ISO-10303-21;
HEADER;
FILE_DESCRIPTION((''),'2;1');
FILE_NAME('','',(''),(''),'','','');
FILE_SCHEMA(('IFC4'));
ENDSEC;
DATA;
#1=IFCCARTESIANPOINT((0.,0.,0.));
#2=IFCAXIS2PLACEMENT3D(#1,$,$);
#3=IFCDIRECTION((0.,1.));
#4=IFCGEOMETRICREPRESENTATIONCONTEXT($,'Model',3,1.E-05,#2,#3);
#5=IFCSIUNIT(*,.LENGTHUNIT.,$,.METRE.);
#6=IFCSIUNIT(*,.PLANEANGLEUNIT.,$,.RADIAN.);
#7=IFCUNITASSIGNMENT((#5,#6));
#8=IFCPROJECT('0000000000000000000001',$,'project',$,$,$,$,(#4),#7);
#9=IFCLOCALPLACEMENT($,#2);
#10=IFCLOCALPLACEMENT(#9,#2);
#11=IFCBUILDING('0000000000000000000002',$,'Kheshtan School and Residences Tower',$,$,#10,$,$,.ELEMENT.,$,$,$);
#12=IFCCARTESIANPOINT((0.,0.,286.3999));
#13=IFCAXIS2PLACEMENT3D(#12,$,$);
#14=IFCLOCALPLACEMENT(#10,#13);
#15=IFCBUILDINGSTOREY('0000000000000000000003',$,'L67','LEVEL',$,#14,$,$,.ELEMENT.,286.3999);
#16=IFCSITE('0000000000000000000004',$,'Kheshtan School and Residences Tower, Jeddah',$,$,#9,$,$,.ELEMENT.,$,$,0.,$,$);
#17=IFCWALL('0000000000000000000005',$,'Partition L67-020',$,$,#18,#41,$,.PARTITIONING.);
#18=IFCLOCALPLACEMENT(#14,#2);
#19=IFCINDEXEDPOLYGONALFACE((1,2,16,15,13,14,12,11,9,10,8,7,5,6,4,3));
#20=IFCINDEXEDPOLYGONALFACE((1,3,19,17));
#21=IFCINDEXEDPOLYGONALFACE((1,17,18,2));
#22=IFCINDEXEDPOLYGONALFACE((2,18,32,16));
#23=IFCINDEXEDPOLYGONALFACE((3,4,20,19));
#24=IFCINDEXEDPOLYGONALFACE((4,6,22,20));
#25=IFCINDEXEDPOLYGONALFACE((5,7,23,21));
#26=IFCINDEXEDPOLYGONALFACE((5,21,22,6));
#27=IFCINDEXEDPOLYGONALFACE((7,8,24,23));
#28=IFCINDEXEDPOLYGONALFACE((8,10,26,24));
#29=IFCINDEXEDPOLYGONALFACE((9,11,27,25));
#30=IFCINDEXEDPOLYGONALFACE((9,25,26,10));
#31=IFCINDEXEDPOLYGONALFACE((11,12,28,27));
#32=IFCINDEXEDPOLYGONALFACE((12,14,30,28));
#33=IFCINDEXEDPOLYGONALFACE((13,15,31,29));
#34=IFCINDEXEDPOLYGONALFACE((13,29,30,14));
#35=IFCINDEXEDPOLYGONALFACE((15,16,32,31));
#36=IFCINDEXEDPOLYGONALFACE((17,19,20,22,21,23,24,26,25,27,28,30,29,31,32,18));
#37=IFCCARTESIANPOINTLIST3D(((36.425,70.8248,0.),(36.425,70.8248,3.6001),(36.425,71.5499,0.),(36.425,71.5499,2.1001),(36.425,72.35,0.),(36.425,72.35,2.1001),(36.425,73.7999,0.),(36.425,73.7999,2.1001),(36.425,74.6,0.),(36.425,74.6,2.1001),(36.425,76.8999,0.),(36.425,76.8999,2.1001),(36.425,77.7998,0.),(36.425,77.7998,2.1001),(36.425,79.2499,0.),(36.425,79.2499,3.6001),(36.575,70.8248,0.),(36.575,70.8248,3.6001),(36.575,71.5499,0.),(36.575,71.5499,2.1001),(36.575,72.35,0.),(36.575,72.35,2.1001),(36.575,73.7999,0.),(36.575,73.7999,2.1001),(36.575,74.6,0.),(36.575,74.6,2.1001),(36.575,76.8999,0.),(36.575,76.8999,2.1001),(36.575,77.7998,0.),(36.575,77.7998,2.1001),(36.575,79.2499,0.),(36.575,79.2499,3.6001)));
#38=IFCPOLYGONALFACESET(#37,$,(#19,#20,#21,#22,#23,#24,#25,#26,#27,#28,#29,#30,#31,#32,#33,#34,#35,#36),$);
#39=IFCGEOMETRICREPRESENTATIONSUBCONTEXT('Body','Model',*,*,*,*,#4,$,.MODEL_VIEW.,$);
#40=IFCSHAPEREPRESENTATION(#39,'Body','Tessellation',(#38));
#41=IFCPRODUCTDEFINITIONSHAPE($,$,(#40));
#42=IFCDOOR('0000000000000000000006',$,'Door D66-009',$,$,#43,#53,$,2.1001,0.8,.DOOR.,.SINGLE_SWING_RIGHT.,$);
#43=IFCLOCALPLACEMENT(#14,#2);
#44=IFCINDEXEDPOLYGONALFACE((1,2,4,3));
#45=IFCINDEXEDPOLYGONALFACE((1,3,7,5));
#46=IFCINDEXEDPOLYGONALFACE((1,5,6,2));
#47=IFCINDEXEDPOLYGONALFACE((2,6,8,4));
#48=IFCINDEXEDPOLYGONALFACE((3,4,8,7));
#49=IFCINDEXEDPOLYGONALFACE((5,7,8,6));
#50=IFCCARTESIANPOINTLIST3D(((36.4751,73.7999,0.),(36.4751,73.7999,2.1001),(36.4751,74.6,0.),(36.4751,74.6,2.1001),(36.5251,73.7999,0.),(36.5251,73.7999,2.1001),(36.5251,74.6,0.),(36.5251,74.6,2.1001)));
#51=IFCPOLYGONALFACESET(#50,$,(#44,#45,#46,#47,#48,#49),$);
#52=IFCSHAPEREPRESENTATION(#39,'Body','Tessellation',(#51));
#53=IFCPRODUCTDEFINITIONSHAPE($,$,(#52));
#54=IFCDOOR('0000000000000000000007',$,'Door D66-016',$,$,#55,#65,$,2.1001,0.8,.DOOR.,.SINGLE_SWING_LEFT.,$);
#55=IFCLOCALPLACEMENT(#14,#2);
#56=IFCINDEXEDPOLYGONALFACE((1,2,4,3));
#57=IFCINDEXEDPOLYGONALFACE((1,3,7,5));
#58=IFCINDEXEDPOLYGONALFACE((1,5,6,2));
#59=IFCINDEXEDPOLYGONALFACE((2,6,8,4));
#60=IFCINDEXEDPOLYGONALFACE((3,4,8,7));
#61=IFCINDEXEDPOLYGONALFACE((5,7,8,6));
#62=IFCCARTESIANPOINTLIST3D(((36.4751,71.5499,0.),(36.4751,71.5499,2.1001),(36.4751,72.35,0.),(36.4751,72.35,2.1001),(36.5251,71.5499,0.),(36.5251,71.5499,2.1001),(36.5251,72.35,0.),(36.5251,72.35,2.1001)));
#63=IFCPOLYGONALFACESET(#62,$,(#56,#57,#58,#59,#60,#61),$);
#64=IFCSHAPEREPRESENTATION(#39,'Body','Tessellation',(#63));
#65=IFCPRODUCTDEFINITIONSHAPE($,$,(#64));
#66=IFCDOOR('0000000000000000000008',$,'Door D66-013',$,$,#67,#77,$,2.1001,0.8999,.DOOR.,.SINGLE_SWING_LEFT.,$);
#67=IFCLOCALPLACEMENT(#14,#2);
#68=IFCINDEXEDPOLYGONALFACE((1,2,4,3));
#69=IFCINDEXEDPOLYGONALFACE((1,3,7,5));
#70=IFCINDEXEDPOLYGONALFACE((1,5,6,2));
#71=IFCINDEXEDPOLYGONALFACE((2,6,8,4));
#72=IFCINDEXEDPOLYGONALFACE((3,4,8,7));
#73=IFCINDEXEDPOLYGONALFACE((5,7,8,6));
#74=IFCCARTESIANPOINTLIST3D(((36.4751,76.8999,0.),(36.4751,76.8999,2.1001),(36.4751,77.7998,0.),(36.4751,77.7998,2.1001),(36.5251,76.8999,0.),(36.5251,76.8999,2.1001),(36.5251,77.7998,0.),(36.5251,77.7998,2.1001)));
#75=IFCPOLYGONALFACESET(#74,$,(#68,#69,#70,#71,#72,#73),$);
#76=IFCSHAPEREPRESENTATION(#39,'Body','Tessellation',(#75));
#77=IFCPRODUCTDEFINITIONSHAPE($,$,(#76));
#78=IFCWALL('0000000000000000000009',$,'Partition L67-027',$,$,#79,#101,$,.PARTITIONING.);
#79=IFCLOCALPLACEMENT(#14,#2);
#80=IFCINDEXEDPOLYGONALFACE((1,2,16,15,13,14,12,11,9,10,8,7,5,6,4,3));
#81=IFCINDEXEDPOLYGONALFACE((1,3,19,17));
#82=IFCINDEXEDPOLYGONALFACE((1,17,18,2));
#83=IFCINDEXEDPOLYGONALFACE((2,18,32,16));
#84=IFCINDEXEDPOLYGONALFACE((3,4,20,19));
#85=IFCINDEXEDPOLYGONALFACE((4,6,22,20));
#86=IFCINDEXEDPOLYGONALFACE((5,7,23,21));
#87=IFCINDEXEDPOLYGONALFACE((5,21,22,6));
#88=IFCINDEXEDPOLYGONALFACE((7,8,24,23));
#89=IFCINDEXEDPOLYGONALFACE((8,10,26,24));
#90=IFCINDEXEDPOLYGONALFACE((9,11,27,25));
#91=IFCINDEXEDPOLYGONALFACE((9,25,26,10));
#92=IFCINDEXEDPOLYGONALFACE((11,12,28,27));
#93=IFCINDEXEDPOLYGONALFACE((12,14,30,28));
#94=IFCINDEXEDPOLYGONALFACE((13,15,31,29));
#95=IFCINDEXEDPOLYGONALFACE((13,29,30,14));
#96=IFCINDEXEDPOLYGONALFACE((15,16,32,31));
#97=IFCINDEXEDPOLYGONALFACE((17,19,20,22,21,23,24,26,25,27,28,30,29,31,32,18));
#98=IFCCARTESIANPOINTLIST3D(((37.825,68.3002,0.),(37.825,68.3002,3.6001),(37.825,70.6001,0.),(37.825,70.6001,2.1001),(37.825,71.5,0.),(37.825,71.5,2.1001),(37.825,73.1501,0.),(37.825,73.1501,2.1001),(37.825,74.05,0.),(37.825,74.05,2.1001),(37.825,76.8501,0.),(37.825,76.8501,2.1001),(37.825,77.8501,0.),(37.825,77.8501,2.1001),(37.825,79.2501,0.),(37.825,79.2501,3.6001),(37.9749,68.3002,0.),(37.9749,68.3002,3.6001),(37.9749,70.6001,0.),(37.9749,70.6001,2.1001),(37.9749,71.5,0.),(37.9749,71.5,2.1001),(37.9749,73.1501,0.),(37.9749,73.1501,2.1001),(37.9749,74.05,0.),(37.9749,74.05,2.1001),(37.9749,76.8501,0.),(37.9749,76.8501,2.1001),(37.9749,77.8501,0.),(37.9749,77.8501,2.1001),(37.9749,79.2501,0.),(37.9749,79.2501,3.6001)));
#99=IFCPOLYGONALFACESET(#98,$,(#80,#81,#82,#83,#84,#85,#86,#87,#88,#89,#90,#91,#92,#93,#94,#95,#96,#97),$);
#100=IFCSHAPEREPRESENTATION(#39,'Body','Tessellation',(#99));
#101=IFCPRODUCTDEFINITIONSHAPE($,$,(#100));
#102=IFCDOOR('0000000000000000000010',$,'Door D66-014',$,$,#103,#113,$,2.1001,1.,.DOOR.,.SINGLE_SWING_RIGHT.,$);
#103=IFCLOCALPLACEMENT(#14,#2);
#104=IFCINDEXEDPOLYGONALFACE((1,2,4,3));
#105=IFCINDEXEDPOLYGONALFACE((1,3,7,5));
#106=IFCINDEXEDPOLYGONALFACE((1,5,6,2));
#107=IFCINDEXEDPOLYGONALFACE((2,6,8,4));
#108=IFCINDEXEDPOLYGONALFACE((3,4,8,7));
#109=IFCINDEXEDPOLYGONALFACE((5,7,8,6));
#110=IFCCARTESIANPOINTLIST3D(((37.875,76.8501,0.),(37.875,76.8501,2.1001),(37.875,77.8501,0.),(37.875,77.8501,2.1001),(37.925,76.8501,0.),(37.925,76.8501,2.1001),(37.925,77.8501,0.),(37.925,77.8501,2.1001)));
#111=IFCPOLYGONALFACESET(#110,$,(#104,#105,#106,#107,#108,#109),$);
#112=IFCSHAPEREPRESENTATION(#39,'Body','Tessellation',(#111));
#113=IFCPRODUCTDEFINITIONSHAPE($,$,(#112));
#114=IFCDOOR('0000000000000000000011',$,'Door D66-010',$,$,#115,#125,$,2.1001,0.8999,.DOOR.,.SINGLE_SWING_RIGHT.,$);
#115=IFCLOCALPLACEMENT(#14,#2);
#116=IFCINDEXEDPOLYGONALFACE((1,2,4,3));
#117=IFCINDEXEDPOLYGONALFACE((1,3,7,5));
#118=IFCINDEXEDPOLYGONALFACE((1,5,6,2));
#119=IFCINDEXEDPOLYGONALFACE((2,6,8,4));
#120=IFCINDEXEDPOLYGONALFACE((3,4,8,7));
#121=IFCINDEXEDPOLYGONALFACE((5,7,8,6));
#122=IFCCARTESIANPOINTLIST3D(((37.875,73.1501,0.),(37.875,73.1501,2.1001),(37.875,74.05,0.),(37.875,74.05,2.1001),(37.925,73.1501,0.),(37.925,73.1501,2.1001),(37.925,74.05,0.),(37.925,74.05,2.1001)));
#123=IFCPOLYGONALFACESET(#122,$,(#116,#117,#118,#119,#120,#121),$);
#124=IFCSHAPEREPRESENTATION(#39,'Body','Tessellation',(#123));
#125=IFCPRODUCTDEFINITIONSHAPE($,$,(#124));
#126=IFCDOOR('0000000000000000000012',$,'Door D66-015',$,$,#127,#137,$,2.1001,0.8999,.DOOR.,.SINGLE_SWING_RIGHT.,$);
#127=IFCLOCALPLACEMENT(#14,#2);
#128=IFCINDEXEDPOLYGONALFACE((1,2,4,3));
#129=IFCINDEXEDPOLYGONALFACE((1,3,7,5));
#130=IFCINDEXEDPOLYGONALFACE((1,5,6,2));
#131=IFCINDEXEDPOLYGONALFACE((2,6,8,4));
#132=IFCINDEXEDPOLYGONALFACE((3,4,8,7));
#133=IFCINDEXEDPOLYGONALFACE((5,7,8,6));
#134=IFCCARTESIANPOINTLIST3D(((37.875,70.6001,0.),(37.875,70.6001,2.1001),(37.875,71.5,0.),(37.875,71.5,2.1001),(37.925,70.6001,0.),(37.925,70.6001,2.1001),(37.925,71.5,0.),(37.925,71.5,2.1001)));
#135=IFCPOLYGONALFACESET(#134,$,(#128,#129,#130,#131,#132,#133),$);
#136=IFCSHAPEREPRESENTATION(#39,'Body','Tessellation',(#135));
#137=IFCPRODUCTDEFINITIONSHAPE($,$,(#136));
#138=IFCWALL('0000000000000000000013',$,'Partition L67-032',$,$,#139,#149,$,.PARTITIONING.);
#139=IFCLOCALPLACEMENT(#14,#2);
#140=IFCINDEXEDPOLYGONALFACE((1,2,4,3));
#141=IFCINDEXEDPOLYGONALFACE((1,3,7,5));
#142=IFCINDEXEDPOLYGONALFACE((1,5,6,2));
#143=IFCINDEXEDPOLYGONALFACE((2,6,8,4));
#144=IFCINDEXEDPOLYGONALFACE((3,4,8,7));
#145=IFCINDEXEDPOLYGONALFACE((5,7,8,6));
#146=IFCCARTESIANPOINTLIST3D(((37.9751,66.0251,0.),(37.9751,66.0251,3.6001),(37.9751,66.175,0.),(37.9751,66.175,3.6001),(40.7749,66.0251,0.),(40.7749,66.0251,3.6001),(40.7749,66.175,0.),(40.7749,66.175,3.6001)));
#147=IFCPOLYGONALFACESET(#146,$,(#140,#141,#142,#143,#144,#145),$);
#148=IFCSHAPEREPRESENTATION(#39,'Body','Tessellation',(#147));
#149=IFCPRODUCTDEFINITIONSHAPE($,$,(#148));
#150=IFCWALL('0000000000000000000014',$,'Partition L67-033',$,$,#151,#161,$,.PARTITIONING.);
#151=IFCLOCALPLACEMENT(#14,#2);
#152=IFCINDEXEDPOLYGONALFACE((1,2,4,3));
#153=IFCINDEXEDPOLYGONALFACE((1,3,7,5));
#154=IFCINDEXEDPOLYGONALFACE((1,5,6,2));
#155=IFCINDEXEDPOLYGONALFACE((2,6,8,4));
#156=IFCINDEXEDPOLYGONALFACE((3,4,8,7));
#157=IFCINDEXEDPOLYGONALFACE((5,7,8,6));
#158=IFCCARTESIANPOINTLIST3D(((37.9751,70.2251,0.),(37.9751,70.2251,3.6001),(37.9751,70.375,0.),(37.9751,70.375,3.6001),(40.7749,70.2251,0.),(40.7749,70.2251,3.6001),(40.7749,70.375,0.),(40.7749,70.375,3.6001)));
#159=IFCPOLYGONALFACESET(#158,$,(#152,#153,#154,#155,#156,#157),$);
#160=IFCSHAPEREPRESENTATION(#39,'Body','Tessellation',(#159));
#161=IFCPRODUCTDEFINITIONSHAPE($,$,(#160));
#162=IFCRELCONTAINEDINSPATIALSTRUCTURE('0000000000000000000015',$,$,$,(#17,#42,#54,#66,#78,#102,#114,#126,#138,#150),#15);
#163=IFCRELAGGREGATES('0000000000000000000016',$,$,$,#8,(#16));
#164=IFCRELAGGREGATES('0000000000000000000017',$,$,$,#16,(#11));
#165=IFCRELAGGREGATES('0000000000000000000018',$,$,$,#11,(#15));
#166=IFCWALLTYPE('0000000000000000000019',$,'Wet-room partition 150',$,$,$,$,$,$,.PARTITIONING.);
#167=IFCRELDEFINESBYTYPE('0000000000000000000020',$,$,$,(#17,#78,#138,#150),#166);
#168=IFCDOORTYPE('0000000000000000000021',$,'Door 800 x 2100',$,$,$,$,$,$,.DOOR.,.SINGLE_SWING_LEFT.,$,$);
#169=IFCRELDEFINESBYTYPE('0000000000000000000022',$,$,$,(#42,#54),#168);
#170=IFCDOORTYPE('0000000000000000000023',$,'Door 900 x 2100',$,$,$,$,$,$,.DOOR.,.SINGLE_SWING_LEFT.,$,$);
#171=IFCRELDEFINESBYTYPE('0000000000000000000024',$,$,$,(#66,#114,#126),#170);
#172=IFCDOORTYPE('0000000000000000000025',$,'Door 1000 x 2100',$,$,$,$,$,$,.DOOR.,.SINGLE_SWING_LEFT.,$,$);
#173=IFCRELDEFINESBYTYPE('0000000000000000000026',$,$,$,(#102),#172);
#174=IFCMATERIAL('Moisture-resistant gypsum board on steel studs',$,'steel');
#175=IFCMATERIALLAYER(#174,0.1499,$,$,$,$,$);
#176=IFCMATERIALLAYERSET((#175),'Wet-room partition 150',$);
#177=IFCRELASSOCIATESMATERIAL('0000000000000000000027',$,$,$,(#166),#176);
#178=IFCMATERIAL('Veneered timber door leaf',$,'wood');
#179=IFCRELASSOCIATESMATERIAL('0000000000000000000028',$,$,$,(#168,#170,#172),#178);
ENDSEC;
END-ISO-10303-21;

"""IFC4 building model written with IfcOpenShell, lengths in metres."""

from ifc_helpers import new_model, si_unit, direction, frame, frame_2d, origin, place, context, subcontext, project, spatial, rectangle, extrude, source, transform, mapped, material, layer, layer_set, type_object, element, fill, save


model = new_model("IFC4")

# Units and contexts
model_context = context("Model", 3, precision=1e-05, world=origin(), true_north=direction((0.0, 1.0)))
body_context = subcontext(model_context, "Body", "Model", "MODEL_VIEW")
ifc_project = project(units=[si_unit("LENGTHUNIT", "METRE"), si_unit("PLANEANGLEUNIT", "RADIAN")], contexts=[model_context])

# Site, building, storey
site_placement = place(None, origin())
site = spatial("IfcSite", under=ifc_project, at=site_placement, Name="Kheshtan School and Residences Tower, Jeddah", CompositionType="ELEMENT", RefElevation=0.0)
building_placement = place(site_placement, origin())
building = spatial("IfcBuilding", under=site, at=building_placement, Name="Kheshtan School and Residences Tower", CompositionType="ELEMENT")
storey_placement = place(building_placement, frame((0.0, 0.0, 286.3999)))
storey = spatial("IfcBuildingStorey", under=building, at=storey_placement, Name="L67", Description="LEVEL", CompositionType="ELEMENT", Elevation=286.3999)

# Shared definitions
ifc_material_1 = material(Name="Moisture-resistant gypsum board on steel studs", Category="steel")
ifc_layer_1 = layer(ifc_material_1, 0.1499)
ifc_layer_set_1 = layer_set([ifc_layer_1], Name="Wet-room partition 150")
wall_type_1 = type_object("IfcWallType", Name="Wet-room partition 150", PredefinedType="PARTITIONING", material=ifc_layer_set_1)

# Shared definitions
ifc_material_2 = material(Name="Veneered timber door leaf", Category="wood")
door_type_1 = type_object("IfcDoorType", Name="Door 800 x 2100", OperationType="SINGLE_SWING_LEFT", PredefinedType="DOOR", material=ifc_material_2)
shared_shape_1 = source(origin(), body_context, "Body", "SweptSolid", [
    extrude(rectangle(XDim=0.8, YDim=2.1001, at=frame_2d((0.3999, 1.05))), frame((0.0, 0.0249, 0.0), z_axis=(0.0, -1.0, 0.0), x_axis=(1.0, 0.0, 0.0)), (0.0, 0.0, 1.0), 0.05),
])

# Walls, openings, doors
wall_1_placement = place(storey_placement, frame((36.5, 70.825, 0.0), z_axis=(0.0, 0.0, 1.0), x_axis=(0.0, 1.0, 0.0)))
wall_1 = element("IfcWall", 1, at=wall_1_placement, inside=storey, type_object=wall_type_1, Name="Partition L67-020", PredefinedType="PARTITIONING", context=body_context, shape_type="SweptSolid", body=[
    extrude(rectangle(XDim=8.425, YDim=0.1499, at=frame_2d((4.2124, 0.0))), origin(), (0.0, 0.0, 1.0), 3.6001),
])
opening_1_placement = place(wall_1_placement, frame((2.9751, 0.0, 0.0)))
opening_1 = element("IfcOpeningElement", 2, at=opening_1_placement, cuts=wall_1, PredefinedType="OPENING", context=body_context, shape_type="SweptSolid", body=[
    extrude(rectangle(XDim=0.8, YDim=2.1001, at=frame_2d((0.3999, 1.05))), frame((0.0, 0.085, 0.0), z_axis=(0.0, -1.0, 0.0), x_axis=(1.0, 0.0, 0.0)), (0.0, 0.0, 1.0), 0.1699),
])
opening_2_placement = place(wall_1_placement, frame((6.075, 0.0, 0.0)))
opening_2 = element("IfcOpeningElement", 3, at=opening_2_placement, cuts=wall_1, PredefinedType="OPENING", context=body_context, shape_type="SweptSolid", body=[
    extrude(rectangle(XDim=0.8999, YDim=2.1001, at=frame_2d((0.45, 1.05))), frame((0.0, 0.085, 0.0), z_axis=(0.0, -1.0, 0.0), x_axis=(1.0, 0.0, 0.0)), (0.0, 0.0, 1.0), 0.1699),
])
opening_3_placement = place(wall_1_placement, frame((0.7251, 0.0, 0.0)))
opening_3 = element("IfcOpeningElement", 4, at=opening_3_placement, cuts=wall_1, PredefinedType="OPENING", context=body_context, shape_type="SweptSolid", body=[
    extrude(rectangle(XDim=0.8, YDim=2.1001, at=frame_2d((0.3999, 1.05))), frame((0.0, 0.085, 0.0), z_axis=(0.0, -1.0, 0.0), x_axis=(1.0, 0.0, 0.0)), (0.0, 0.0, 1.0), 0.1699),
])
door_1_placement = place(opening_1_placement, origin())
door_1 = element("IfcDoor", 5, at=door_1_placement, inside=storey, type_object=door_type_1, Name="Door D66-009", OperationType="SINGLE_SWING_RIGHT", OverallHeight=2.1001, OverallWidth=0.8, PredefinedType="DOOR", context=body_context, shape_type="MappedRepresentation", body=[
    mapped(shared_shape_1, transform((0.0, 0.0, 0.0), x_axis=(1.0, 0.0, 0.0), y_axis=(0.0, 1.0, 0.0), z_axis=(0.0, 0.0, 1.0), scale=1.0)),
])
fill(opening_1, door_1)
door_2_placement = place(opening_3_placement, origin())
door_2 = element("IfcDoor", 6, at=door_2_placement, inside=storey, type_object=door_type_1, Name="Door D66-016", OperationType="SINGLE_SWING_LEFT", OverallHeight=2.1001, OverallWidth=0.8, PredefinedType="DOOR", context=body_context, shape_type="MappedRepresentation", body=[
    mapped(shared_shape_1, transform((0.0, 0.0, 0.0), x_axis=(1.0, 0.0, 0.0), y_axis=(0.0, 1.0, 0.0), z_axis=(0.0, 0.0, 1.0), scale=1.0)),
])
fill(opening_3, door_2)
door_type_2 = type_object("IfcDoorType", Name="Door 900 x 2100", OperationType="SINGLE_SWING_LEFT", PredefinedType="DOOR", material=ifc_material_2)
shared_shape_2 = source(origin(), body_context, "Body", "SweptSolid", [
    extrude(rectangle(XDim=0.8999, YDim=2.1001, at=frame_2d((0.45, 1.05))), frame((0.0, 0.0249, 0.0), z_axis=(0.0, -1.0, 0.0), x_axis=(1.0, 0.0, 0.0)), (0.0, 0.0, 1.0), 0.05),
])
door_3_placement = place(opening_2_placement, origin())
door_3 = element("IfcDoor", 7, at=door_3_placement, inside=storey, type_object=door_type_2, Name="Door D66-013", OperationType="SINGLE_SWING_LEFT", OverallHeight=2.1001, OverallWidth=0.8999, PredefinedType="DOOR", context=body_context, shape_type="MappedRepresentation", body=[
    mapped(shared_shape_2, transform((0.0, 0.0, 0.0), x_axis=(1.0, 0.0, 0.0), y_axis=(0.0, 1.0, 0.0), z_axis=(0.0, 0.0, 1.0), scale=1.0)),
])
fill(opening_2, door_3)
wall_2_placement = place(storey_placement, frame((37.8999, 68.3, 0.0), z_axis=(0.0, 0.0, 1.0), x_axis=(0.0, 1.0, 0.0)))
wall_2 = element("IfcWall", 8, at=wall_2_placement, inside=storey, type_object=wall_type_1, Name="Partition L67-027", PredefinedType="PARTITIONING", context=body_context, shape_type="SweptSolid", body=[
    extrude(rectangle(XDim=10.95, YDim=0.1499, at=frame_2d((5.4751, 0.0))), origin(), (0.0, 0.0, 1.0), 3.6001),
])
opening_4_placement = place(wall_2_placement, frame((4.8501, 0.0, 0.0)))
opening_4 = element("IfcOpeningElement", 9, at=opening_4_placement, cuts=wall_2, PredefinedType="OPENING", context=body_context, shape_type="SweptSolid", body=[
    extrude(rectangle(XDim=0.8999, YDim=2.1001, at=frame_2d((0.45, 1.05))), frame((0.0, 0.085, 0.0), z_axis=(0.0, -1.0, 0.0), x_axis=(1.0, 0.0, 0.0)), (0.0, 0.0, 1.0), 0.1699),
])
opening_5_placement = place(wall_2_placement, frame((8.55, 0.0, 0.0)))
opening_5 = element("IfcOpeningElement", 10, at=opening_5_placement, cuts=wall_2, PredefinedType="OPENING", context=body_context, shape_type="SweptSolid", body=[
    extrude(rectangle(XDim=1.0, YDim=2.1001, at=frame_2d((0.5, 1.05))), frame((0.0, 0.085, 0.0), z_axis=(0.0, -1.0, 0.0), x_axis=(1.0, 0.0, 0.0)), (0.0, 0.0, 1.0), 0.1699),
])
opening_6_placement = place(wall_2_placement, frame((2.3, 0.0, 0.0)))
opening_6 = element("IfcOpeningElement", 11, at=opening_6_placement, cuts=wall_2, PredefinedType="OPENING", context=body_context, shape_type="SweptSolid", body=[
    extrude(rectangle(XDim=0.8999, YDim=2.1001, at=frame_2d((0.45, 1.05))), frame((0.0, 0.085, 0.0), z_axis=(0.0, -1.0, 0.0), x_axis=(1.0, 0.0, 0.0)), (0.0, 0.0, 1.0), 0.1699),
])
door_type_3 = type_object("IfcDoorType", Name="Door 1000 x 2100", OperationType="SINGLE_SWING_LEFT", PredefinedType="DOOR", material=ifc_material_2)
shared_shape_3 = source(origin(), body_context, "Body", "SweptSolid", [
    extrude(rectangle(XDim=1.0, YDim=2.1001, at=frame_2d((0.5, 1.05))), frame((0.0, 0.0249, 0.0), z_axis=(0.0, -1.0, 0.0), x_axis=(1.0, 0.0, 0.0)), (0.0, 0.0, 1.0), 0.05),
])
door_4_placement = place(opening_5_placement, origin())
door_4 = element("IfcDoor", 12, at=door_4_placement, inside=storey, type_object=door_type_3, Name="Door D66-014", OperationType="SINGLE_SWING_RIGHT", OverallHeight=2.1001, OverallWidth=1.0, PredefinedType="DOOR", context=body_context, shape_type="MappedRepresentation", body=[
    mapped(shared_shape_3, transform((0.0, 0.0, 0.0), x_axis=(1.0, 0.0, 0.0), y_axis=(0.0, 1.0, 0.0), z_axis=(0.0, 0.0, 1.0), scale=1.0)),
])
fill(opening_5, door_4)
door_5_placement = place(opening_4_placement, origin())
door_5 = element("IfcDoor", 13, at=door_5_placement, inside=storey, type_object=door_type_2, Name="Door D66-010", OperationType="SINGLE_SWING_RIGHT", OverallHeight=2.1001, OverallWidth=0.8999, PredefinedType="DOOR", context=body_context, shape_type="MappedRepresentation", body=[
    mapped(shared_shape_2, transform((0.0, 0.0, 0.0), x_axis=(1.0, 0.0, 0.0), y_axis=(0.0, 1.0, 0.0), z_axis=(0.0, 0.0, 1.0), scale=1.0)),
])
fill(opening_4, door_5)
door_6_placement = place(opening_6_placement, origin())
door_6 = element("IfcDoor", 14, at=door_6_placement, inside=storey, type_object=door_type_2, Name="Door D66-015", OperationType="SINGLE_SWING_RIGHT", OverallHeight=2.1001, OverallWidth=0.8999, PredefinedType="DOOR", context=body_context, shape_type="MappedRepresentation", body=[
    mapped(shared_shape_2, transform((0.0, 0.0, 0.0), x_axis=(1.0, 0.0, 0.0), y_axis=(0.0, 1.0, 0.0), z_axis=(0.0, 0.0, 1.0), scale=1.0)),
])
fill(opening_6, door_6)

# Walls
for number, where, z_axis, x_axis, name in (
    (15, (37.9751, 66.1001, 0.0), (0.0, 0.0, 1.0), (1.0, 0.0, 0.0), "Partition L67-032"),
    (16, (37.9751, 70.3, 0.0), (0.0, 0.0, 1.0), (1.0, 0.0, 0.0), "Partition L67-033"),
):
    element("IfcWall", number, at=place(storey_placement, frame(where, z_axis=z_axis, x_axis=x_axis)), inside=storey, type_object=wall_type_1, Name=name, PredefinedType="PARTITIONING", context=body_context, shape_type="SweptSolid", body=[
        extrude(rectangle(XDim=2.7998, YDim=0.1499, at=frame_2d((1.3999, 0.0))), origin(), (0.0, 0.0, 1.0), 3.6001),
    ])

save(model, "model.ifc")
